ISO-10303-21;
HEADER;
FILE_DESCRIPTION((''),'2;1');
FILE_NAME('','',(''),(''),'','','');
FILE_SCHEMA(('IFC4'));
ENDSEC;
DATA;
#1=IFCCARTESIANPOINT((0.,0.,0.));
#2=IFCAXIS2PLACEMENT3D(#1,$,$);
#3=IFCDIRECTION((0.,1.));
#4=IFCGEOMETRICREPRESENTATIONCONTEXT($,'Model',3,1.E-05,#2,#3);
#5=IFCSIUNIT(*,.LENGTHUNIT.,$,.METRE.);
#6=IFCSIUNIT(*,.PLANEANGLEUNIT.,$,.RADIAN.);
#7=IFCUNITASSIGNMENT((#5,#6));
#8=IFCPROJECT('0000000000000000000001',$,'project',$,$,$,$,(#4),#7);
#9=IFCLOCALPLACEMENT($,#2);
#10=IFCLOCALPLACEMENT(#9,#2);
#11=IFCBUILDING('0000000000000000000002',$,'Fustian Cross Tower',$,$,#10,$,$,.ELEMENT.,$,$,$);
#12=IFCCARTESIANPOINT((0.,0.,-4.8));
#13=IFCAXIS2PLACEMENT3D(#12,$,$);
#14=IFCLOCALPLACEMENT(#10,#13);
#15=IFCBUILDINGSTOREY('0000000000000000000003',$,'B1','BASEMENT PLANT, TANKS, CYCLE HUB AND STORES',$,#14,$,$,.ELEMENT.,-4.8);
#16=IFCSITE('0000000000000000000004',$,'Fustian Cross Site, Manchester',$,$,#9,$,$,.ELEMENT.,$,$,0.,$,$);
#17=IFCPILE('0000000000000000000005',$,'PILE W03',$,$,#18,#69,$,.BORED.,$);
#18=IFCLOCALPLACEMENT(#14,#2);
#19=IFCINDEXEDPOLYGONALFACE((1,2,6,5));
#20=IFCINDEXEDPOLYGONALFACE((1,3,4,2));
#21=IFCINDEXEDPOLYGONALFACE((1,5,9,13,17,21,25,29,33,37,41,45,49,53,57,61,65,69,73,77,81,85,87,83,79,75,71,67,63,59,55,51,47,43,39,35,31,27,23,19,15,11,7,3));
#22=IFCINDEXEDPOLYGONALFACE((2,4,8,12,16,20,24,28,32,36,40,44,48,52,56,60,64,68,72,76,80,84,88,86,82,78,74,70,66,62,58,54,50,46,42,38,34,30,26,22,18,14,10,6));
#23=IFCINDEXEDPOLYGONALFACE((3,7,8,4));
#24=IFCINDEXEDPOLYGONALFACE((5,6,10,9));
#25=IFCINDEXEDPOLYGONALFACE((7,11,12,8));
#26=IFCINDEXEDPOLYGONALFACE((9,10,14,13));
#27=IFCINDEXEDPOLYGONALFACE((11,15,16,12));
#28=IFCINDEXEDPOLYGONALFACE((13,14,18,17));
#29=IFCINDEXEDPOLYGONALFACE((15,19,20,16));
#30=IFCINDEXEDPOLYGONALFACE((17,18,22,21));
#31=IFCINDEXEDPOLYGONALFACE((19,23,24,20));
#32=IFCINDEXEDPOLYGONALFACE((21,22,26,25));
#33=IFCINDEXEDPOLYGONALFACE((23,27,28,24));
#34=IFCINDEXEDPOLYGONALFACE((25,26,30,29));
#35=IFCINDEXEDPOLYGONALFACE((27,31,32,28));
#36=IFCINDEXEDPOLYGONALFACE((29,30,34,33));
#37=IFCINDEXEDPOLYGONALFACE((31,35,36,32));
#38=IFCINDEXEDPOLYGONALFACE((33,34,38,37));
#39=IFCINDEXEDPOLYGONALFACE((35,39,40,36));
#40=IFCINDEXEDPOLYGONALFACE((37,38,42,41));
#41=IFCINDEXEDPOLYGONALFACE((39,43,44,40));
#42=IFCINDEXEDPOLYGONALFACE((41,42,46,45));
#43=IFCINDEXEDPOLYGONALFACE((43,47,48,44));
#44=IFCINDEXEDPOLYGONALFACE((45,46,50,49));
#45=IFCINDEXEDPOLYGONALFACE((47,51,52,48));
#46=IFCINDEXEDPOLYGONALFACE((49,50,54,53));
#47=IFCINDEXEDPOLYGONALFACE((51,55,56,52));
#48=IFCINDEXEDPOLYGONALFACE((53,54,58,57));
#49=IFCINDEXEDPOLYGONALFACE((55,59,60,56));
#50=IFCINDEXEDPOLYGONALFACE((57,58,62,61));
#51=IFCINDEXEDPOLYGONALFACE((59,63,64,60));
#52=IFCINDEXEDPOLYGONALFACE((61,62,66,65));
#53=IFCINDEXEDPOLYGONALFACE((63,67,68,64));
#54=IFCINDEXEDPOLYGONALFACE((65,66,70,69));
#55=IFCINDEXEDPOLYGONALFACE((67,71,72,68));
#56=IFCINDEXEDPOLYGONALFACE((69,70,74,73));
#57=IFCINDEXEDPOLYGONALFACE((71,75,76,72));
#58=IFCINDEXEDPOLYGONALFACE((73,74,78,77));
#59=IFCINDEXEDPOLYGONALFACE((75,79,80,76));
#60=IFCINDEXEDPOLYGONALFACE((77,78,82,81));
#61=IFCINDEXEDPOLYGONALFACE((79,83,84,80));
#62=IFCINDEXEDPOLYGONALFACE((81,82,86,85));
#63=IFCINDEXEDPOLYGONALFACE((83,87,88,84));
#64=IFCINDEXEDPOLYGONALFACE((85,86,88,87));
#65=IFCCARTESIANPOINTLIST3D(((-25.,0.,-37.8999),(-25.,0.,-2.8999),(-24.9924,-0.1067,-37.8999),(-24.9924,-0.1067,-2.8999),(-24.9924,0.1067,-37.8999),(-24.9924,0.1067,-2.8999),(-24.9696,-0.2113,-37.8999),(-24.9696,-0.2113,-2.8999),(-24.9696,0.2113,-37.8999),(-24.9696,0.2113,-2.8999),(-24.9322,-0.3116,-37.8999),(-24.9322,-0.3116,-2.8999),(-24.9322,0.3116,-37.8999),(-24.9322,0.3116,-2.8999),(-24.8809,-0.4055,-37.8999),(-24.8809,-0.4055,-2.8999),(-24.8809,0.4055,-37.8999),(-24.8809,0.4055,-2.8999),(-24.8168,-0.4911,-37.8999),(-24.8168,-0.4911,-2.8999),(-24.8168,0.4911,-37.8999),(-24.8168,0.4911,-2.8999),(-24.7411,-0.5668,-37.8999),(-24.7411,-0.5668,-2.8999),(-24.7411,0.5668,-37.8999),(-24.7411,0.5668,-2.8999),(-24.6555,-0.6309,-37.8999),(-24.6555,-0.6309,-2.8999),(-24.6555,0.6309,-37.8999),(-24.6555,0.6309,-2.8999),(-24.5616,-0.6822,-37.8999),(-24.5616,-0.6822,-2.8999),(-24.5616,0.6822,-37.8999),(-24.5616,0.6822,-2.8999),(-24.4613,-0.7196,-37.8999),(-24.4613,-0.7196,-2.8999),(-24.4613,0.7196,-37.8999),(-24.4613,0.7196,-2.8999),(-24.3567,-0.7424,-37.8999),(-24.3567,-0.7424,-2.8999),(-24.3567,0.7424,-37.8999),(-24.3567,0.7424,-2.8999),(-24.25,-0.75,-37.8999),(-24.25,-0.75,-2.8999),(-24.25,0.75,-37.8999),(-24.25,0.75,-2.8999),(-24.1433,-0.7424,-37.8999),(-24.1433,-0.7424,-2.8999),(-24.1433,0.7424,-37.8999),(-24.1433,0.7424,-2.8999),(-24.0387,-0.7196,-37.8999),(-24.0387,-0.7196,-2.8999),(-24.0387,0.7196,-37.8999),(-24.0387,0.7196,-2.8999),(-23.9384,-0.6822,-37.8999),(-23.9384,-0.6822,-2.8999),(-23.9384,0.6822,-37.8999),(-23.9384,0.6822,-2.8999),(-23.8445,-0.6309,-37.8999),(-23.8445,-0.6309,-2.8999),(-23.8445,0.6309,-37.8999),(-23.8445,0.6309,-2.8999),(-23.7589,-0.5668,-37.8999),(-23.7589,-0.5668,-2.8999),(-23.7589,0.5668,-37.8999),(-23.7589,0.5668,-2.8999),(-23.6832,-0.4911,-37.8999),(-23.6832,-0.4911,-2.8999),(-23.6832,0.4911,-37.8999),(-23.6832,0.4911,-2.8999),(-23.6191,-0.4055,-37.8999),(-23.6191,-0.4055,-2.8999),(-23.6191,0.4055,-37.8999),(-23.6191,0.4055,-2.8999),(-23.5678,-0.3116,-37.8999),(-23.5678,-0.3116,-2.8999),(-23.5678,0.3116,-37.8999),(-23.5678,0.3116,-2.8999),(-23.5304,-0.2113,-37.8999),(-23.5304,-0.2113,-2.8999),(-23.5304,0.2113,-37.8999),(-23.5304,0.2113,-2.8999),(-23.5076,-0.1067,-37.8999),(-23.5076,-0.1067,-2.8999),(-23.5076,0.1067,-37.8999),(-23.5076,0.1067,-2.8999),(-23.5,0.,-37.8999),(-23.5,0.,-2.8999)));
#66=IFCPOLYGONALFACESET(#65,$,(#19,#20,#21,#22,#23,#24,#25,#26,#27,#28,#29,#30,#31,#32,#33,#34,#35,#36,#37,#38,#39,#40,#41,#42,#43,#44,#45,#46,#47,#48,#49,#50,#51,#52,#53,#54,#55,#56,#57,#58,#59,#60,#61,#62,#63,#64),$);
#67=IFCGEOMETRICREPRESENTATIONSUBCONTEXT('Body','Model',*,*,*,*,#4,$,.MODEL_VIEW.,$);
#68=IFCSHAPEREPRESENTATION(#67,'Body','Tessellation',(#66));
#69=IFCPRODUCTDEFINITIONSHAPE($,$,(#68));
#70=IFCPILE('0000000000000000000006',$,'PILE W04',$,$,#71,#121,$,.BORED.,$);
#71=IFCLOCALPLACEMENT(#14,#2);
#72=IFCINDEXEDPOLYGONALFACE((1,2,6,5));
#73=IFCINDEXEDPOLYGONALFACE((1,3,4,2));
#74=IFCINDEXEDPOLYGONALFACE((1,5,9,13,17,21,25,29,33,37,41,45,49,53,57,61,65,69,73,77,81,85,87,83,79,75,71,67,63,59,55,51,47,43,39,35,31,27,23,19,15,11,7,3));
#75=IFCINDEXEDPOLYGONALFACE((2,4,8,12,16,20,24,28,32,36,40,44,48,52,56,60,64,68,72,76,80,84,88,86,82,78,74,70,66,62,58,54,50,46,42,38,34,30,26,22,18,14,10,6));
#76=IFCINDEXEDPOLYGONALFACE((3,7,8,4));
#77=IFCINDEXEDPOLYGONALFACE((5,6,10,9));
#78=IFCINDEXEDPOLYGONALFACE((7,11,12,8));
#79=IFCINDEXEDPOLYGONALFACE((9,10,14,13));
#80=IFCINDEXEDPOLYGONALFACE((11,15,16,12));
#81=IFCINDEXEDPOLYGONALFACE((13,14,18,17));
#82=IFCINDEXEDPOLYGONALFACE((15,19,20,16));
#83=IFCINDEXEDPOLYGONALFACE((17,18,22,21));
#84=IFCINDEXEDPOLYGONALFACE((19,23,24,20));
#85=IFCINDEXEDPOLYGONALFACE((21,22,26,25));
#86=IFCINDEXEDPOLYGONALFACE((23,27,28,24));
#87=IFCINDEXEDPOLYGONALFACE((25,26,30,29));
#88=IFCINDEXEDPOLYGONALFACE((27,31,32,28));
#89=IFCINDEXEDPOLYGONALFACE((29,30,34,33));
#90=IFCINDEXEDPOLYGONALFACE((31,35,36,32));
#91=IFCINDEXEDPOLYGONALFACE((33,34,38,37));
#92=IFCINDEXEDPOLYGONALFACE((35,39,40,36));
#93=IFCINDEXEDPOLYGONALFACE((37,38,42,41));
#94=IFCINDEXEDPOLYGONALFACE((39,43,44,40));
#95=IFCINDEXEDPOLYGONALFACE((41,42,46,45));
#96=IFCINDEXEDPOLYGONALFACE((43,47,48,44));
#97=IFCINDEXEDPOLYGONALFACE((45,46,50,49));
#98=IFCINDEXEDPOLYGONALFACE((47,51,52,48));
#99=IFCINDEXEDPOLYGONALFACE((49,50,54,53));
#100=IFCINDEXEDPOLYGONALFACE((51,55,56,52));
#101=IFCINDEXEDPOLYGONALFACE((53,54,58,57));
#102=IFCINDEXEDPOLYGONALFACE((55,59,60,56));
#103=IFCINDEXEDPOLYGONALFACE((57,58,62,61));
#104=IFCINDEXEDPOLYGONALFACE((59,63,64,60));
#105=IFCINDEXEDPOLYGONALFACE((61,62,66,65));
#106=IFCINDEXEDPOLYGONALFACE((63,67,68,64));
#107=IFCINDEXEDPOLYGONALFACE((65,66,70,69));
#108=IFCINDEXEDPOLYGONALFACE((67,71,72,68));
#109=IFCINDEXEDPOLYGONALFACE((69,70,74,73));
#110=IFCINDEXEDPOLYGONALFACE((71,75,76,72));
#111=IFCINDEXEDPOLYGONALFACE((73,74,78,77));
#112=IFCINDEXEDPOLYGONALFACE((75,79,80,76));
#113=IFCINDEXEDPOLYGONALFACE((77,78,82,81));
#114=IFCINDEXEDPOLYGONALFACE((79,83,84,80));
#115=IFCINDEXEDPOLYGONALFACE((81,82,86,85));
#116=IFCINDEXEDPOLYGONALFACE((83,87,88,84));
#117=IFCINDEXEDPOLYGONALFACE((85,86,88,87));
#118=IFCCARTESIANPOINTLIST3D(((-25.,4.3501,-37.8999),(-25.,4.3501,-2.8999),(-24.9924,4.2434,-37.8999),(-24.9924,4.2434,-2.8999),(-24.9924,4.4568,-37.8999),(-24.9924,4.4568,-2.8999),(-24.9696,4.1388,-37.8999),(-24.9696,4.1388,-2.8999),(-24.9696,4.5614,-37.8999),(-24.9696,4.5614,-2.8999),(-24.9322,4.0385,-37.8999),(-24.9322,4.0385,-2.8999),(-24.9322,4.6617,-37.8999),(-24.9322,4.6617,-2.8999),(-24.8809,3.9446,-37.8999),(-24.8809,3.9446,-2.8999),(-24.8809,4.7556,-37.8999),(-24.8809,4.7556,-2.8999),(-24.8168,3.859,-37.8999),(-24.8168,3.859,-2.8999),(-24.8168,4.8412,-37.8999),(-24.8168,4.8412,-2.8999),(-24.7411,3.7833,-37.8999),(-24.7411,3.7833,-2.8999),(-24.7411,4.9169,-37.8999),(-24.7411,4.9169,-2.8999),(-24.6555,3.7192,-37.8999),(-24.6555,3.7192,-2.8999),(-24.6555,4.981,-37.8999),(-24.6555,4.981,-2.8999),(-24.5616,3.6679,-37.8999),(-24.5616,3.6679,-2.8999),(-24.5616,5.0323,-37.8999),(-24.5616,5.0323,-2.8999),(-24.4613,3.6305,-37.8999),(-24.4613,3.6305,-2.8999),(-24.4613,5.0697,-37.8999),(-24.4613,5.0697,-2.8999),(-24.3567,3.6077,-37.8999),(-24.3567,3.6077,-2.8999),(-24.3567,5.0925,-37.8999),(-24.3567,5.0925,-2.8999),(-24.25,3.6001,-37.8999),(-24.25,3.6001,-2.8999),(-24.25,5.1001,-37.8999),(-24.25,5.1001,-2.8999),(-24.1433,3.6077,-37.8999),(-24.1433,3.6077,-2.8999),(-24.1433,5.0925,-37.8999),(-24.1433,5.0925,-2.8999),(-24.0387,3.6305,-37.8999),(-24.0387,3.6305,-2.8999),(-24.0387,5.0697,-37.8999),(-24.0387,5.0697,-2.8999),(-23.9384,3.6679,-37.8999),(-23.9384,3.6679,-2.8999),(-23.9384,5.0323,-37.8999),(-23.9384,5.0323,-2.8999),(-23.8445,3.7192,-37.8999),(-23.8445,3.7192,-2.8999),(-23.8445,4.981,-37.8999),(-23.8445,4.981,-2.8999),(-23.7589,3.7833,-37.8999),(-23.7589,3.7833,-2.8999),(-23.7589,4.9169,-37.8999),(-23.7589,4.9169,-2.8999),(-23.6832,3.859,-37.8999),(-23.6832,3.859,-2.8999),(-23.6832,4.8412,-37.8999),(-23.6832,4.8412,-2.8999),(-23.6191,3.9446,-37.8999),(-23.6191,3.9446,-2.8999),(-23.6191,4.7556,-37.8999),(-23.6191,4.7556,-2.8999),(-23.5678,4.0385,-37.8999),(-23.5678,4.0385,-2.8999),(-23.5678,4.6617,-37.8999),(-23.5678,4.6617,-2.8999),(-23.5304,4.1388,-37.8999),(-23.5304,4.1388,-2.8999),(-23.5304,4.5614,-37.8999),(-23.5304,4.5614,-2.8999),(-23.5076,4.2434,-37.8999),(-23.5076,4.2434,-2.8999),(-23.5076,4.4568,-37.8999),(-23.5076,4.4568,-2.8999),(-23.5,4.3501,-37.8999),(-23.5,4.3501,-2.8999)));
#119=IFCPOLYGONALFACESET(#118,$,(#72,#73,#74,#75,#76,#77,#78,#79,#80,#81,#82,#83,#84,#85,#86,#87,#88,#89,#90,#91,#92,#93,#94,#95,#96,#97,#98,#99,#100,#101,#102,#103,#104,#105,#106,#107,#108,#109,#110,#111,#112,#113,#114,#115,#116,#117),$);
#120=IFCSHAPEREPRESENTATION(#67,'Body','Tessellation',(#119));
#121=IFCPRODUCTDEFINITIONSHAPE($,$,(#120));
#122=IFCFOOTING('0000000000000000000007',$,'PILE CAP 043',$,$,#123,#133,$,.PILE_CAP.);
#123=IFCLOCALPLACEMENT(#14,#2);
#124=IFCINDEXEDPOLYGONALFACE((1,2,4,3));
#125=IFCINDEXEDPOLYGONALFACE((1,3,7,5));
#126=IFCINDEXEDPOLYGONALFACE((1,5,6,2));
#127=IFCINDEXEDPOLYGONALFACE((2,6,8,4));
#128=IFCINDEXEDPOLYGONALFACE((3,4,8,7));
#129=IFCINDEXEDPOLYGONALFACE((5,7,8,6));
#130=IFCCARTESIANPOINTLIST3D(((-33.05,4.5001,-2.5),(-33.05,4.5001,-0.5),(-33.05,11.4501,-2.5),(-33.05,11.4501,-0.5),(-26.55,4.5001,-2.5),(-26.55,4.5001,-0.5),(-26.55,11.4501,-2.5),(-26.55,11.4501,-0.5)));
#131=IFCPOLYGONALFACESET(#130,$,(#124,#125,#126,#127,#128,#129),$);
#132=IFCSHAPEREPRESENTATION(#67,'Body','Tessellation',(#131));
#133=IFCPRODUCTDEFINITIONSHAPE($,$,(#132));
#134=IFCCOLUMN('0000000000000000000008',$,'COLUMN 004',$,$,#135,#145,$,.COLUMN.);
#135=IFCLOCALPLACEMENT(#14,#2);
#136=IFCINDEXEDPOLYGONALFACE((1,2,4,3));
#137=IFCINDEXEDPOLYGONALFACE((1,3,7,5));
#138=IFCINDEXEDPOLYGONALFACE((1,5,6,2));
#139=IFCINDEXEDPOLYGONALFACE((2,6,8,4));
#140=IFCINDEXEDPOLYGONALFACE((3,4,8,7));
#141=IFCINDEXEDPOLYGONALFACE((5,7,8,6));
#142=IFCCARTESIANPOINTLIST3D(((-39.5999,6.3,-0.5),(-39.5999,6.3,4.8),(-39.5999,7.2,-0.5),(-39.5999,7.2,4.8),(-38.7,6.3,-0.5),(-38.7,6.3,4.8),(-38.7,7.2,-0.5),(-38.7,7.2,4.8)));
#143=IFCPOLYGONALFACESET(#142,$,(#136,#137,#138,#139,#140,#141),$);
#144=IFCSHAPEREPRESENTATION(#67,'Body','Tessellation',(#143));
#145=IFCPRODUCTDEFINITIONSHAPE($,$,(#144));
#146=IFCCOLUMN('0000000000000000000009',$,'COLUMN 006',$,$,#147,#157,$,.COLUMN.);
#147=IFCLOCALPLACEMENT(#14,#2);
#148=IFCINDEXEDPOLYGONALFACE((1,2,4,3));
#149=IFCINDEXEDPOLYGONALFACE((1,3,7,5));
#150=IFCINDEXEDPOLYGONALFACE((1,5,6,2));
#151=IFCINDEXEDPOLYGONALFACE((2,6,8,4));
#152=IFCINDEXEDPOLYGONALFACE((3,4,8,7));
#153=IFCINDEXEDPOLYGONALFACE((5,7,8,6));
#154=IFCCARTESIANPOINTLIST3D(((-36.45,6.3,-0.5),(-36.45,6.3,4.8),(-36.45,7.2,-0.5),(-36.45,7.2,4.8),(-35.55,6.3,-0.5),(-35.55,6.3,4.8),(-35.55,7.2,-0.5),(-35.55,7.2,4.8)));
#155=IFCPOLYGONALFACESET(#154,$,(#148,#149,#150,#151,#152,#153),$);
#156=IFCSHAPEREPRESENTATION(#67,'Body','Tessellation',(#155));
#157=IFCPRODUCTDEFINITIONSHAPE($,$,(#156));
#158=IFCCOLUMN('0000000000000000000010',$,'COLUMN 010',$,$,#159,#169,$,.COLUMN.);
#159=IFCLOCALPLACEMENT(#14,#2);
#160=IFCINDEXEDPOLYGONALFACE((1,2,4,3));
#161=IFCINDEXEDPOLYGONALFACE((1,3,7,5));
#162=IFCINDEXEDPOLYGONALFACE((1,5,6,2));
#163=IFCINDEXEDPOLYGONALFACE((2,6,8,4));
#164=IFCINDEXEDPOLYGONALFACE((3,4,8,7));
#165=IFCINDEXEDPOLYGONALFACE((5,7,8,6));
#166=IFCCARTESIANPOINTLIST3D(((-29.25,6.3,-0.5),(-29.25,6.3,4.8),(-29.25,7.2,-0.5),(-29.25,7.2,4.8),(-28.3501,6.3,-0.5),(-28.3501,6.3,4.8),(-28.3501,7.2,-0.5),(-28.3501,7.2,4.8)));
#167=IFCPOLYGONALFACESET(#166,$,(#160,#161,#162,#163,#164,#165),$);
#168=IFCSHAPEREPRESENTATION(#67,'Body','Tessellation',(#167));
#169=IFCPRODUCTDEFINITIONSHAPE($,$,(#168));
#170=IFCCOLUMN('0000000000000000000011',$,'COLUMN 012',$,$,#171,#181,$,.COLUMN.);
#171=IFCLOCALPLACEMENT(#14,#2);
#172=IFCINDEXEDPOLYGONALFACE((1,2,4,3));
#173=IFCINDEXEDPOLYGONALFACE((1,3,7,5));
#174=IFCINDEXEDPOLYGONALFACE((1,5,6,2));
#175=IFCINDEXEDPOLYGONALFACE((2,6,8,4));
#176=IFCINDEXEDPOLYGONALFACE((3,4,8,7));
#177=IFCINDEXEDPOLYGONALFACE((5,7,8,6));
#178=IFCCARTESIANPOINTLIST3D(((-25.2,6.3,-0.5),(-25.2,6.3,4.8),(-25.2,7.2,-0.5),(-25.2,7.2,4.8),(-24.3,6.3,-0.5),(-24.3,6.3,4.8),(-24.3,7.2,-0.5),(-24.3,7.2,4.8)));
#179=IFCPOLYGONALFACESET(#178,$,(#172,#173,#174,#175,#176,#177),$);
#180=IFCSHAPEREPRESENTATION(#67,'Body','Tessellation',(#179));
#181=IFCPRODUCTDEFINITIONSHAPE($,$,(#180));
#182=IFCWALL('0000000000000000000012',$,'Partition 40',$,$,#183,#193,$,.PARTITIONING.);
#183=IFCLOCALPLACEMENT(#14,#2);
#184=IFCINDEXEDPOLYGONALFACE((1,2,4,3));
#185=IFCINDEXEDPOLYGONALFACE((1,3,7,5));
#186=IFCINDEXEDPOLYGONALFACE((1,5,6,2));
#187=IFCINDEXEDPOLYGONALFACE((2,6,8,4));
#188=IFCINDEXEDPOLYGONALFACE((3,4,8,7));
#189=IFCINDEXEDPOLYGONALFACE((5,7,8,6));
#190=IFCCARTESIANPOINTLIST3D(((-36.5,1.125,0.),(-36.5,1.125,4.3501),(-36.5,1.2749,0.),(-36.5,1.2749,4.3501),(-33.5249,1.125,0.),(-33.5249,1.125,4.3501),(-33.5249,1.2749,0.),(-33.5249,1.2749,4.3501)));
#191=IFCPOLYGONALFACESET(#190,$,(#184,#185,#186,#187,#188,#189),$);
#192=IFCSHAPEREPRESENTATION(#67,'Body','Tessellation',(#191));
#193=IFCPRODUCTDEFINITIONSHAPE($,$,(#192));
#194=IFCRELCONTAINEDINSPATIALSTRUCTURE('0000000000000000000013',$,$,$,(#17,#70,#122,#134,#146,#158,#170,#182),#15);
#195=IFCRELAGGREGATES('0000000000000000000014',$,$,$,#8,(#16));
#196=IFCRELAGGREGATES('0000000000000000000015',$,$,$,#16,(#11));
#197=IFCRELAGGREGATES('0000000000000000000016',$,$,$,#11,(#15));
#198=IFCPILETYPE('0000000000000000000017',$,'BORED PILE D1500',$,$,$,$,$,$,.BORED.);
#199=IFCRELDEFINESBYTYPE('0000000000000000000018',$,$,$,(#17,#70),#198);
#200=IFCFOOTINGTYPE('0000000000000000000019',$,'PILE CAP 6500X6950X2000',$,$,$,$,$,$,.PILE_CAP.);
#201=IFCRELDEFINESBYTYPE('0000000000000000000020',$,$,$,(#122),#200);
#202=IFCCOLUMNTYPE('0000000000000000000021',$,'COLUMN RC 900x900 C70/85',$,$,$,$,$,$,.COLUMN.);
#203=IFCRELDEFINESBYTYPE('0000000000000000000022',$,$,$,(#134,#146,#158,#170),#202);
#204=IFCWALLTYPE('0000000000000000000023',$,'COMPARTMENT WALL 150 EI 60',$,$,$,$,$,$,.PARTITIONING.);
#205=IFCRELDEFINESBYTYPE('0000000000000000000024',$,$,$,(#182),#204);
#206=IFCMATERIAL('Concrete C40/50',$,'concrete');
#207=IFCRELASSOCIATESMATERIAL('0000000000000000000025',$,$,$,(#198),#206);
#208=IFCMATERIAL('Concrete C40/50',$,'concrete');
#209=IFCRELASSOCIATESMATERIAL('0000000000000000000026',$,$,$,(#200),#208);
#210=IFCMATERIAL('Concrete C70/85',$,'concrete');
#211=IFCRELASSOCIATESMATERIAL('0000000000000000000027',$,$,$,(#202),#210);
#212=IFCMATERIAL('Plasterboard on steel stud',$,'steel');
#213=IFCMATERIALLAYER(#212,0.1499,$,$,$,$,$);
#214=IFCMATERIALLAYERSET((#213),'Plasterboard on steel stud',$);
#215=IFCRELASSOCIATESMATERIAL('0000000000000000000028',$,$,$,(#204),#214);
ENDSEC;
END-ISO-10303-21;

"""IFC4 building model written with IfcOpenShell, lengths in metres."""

from ifc_helpers import new_model, si_unit, direction, frame, frame_2d, origin, origin_2d, place, context, subcontext, project, spatial, rectangle, circle, extrude, material, layer, layer_set, material_profile, profile_set, type_object, element, save


model = new_model("IFC4")

# Units and contexts
model_context = context("Model", 3, precision=1e-05, world=origin(), true_north=direction((0.0, 1.0)))
body_context = subcontext(model_context, "Body", "Model", "MODEL_VIEW")
ifc_project = project(units=[si_unit("LENGTHUNIT", "METRE"), si_unit("PLANEANGLEUNIT", "RADIAN")], contexts=[model_context])

# Site, building, storey
site_placement = place(None, origin())
site = spatial("IfcSite", under=ifc_project, at=site_placement, Name="Fustian Cross Site, Manchester", CompositionType="ELEMENT", RefElevation=0.0)
building_placement = place(site_placement, origin())
building = spatial("IfcBuilding", under=site, at=building_placement, Name="Fustian Cross Tower", CompositionType="ELEMENT")
storey_placement = place(building_placement, frame((0.0, 0.0, -4.8)))
storey = spatial("IfcBuildingStorey", under=building, at=storey_placement, Name="B1", Description="BASEMENT PLANT, TANKS, CYCLE HUB AND STORES", CompositionType="ELEMENT", Elevation=-4.8)

# Piles
ifc_material_1 = material(Name="Concrete C40/50", Category="concrete")
ifc_material_profile_1 = material_profile(ifc_material_1, circle(Radius=0.75, at=origin_2d()), Name="BORED PILE D1500")
ifc_profile_set_1 = profile_set([ifc_material_profile_1], Name="Concrete C40/50")
pile_type_1 = type_object("IfcPileType", Name="BORED PILE D1500", PredefinedType="BORED", material=ifc_profile_set_1)
for number, where, z_axis, x_axis, name in (
    (1, (-24.25, 0.0, -2.8999), (0.0, 0.0, -1.0), (1.0, 0.0, 0.0), "PILE W03"),
    (2, (-24.25, 4.3501, -2.8999), (0.0, 0.0, -1.0), (1.0, 0.0, 0.0), "PILE W04"),
):
    element("IfcPile", number, at=place(storey_placement, frame(where, z_axis=z_axis, x_axis=x_axis)), inside=storey, type_object=pile_type_1, Name=name, PredefinedType="BORED", context=body_context, shape_type="SweptSolid", body=[
        extrude(circle(Radius=0.75, at=origin_2d()), origin(), (0.0, 0.0, 1.0), 35.0),
    ])

# Footing
ifc_material_2 = material(Name="Concrete C40/50", Category="concrete")
footing_type = type_object("IfcFootingType", Name="PILE CAP 6500X6950X2000", PredefinedType="PILE_CAP", material=ifc_material_2)
footing_placement = place(storey_placement, frame((-29.8, 7.9751, -2.5), z_axis=(0.0, 0.0, 1.0), x_axis=(1.0, 0.0, 0.0)))
element("IfcFooting", 3, at=footing_placement, inside=storey, type_object=footing_type, Name="PILE CAP 043", PredefinedType="PILE_CAP", context=body_context, shape_type="SweptSolid", body=[
    extrude(rectangle(XDim=6.5, YDim=6.95, at=origin_2d()), origin(), (0.0, 0.0, 1.0), 2.0),
])

# Columns
ifc_material_3 = material(Name="Concrete C70/85", Category="concrete")
ifc_material_profile_2 = material_profile(ifc_material_3, rectangle(XDim=0.8999, YDim=0.8999, at=origin_2d()), Name="RC 900x900")
ifc_profile_set_2 = profile_set([ifc_material_profile_2], Name="Concrete C70/85")
column_type = type_object("IfcColumnType", Name="COLUMN RC 900x900 C70/85", PredefinedType="COLUMN", material=ifc_profile_set_2)
for number, where, z_axis, x_axis, name in (
    (4, (-39.1499, 6.75, -0.5), (0.0, 0.0, 1.0), (1.0, 0.0, 0.0), "COLUMN 004"),
    (5, (-36.0, 6.75, -0.5), (0.0, 0.0, 1.0), (1.0, 0.0, 0.0), "COLUMN 006"),
    (6, (-28.8, 6.75, -0.5), (0.0, 0.0, 1.0), (1.0, 0.0, 0.0), "COLUMN 010"),
    (7, (-24.75, 6.75, -0.5), (0.0, 0.0, 1.0), (1.0, 0.0, 0.0), "COLUMN 012"),
):
    element("IfcColumn", number, at=place(storey_placement, frame(where, z_axis=z_axis, x_axis=x_axis)), inside=storey, type_object=column_type, Name=name, PredefinedType="COLUMN", context=body_context, shape_type="SweptSolid", body=[
        extrude(rectangle(XDim=0.8999, YDim=0.8999, at=origin_2d()), origin(), (0.0, 0.0, 1.0), 5.3),
    ])

# Wall
ifc_material_4 = material(Name="Plasterboard on steel stud", Category="steel")
ifc_layer_1 = layer(ifc_material_4, 0.1499)
ifc_layer_set_1 = layer_set([ifc_layer_1], Name="Plasterboard on steel stud")
wall_type_1 = type_object("IfcWallType", Name="COMPARTMENT WALL 150 EI 60", PredefinedType="PARTITIONING", material=ifc_layer_set_1)
wall_1_placement = place(storey_placement, frame((-36.5, 1.2, 0.0), z_axis=(0.0, 0.0, 1.0), x_axis=(1.0, 0.0, 0.0)))
element("IfcWall", 8, at=wall_1_placement, inside=storey, type_object=wall_type_1, Name="Partition 40", PredefinedType="PARTITIONING", context=body_context, shape_type="SweptSolid", body=[
    extrude(rectangle(XDim=2.9751, YDim=0.1499, at=frame_2d((1.4875, 0.0))), origin(), (0.0, 0.0, 1.0), 4.3501),
])

save(model, "model.ifc")
